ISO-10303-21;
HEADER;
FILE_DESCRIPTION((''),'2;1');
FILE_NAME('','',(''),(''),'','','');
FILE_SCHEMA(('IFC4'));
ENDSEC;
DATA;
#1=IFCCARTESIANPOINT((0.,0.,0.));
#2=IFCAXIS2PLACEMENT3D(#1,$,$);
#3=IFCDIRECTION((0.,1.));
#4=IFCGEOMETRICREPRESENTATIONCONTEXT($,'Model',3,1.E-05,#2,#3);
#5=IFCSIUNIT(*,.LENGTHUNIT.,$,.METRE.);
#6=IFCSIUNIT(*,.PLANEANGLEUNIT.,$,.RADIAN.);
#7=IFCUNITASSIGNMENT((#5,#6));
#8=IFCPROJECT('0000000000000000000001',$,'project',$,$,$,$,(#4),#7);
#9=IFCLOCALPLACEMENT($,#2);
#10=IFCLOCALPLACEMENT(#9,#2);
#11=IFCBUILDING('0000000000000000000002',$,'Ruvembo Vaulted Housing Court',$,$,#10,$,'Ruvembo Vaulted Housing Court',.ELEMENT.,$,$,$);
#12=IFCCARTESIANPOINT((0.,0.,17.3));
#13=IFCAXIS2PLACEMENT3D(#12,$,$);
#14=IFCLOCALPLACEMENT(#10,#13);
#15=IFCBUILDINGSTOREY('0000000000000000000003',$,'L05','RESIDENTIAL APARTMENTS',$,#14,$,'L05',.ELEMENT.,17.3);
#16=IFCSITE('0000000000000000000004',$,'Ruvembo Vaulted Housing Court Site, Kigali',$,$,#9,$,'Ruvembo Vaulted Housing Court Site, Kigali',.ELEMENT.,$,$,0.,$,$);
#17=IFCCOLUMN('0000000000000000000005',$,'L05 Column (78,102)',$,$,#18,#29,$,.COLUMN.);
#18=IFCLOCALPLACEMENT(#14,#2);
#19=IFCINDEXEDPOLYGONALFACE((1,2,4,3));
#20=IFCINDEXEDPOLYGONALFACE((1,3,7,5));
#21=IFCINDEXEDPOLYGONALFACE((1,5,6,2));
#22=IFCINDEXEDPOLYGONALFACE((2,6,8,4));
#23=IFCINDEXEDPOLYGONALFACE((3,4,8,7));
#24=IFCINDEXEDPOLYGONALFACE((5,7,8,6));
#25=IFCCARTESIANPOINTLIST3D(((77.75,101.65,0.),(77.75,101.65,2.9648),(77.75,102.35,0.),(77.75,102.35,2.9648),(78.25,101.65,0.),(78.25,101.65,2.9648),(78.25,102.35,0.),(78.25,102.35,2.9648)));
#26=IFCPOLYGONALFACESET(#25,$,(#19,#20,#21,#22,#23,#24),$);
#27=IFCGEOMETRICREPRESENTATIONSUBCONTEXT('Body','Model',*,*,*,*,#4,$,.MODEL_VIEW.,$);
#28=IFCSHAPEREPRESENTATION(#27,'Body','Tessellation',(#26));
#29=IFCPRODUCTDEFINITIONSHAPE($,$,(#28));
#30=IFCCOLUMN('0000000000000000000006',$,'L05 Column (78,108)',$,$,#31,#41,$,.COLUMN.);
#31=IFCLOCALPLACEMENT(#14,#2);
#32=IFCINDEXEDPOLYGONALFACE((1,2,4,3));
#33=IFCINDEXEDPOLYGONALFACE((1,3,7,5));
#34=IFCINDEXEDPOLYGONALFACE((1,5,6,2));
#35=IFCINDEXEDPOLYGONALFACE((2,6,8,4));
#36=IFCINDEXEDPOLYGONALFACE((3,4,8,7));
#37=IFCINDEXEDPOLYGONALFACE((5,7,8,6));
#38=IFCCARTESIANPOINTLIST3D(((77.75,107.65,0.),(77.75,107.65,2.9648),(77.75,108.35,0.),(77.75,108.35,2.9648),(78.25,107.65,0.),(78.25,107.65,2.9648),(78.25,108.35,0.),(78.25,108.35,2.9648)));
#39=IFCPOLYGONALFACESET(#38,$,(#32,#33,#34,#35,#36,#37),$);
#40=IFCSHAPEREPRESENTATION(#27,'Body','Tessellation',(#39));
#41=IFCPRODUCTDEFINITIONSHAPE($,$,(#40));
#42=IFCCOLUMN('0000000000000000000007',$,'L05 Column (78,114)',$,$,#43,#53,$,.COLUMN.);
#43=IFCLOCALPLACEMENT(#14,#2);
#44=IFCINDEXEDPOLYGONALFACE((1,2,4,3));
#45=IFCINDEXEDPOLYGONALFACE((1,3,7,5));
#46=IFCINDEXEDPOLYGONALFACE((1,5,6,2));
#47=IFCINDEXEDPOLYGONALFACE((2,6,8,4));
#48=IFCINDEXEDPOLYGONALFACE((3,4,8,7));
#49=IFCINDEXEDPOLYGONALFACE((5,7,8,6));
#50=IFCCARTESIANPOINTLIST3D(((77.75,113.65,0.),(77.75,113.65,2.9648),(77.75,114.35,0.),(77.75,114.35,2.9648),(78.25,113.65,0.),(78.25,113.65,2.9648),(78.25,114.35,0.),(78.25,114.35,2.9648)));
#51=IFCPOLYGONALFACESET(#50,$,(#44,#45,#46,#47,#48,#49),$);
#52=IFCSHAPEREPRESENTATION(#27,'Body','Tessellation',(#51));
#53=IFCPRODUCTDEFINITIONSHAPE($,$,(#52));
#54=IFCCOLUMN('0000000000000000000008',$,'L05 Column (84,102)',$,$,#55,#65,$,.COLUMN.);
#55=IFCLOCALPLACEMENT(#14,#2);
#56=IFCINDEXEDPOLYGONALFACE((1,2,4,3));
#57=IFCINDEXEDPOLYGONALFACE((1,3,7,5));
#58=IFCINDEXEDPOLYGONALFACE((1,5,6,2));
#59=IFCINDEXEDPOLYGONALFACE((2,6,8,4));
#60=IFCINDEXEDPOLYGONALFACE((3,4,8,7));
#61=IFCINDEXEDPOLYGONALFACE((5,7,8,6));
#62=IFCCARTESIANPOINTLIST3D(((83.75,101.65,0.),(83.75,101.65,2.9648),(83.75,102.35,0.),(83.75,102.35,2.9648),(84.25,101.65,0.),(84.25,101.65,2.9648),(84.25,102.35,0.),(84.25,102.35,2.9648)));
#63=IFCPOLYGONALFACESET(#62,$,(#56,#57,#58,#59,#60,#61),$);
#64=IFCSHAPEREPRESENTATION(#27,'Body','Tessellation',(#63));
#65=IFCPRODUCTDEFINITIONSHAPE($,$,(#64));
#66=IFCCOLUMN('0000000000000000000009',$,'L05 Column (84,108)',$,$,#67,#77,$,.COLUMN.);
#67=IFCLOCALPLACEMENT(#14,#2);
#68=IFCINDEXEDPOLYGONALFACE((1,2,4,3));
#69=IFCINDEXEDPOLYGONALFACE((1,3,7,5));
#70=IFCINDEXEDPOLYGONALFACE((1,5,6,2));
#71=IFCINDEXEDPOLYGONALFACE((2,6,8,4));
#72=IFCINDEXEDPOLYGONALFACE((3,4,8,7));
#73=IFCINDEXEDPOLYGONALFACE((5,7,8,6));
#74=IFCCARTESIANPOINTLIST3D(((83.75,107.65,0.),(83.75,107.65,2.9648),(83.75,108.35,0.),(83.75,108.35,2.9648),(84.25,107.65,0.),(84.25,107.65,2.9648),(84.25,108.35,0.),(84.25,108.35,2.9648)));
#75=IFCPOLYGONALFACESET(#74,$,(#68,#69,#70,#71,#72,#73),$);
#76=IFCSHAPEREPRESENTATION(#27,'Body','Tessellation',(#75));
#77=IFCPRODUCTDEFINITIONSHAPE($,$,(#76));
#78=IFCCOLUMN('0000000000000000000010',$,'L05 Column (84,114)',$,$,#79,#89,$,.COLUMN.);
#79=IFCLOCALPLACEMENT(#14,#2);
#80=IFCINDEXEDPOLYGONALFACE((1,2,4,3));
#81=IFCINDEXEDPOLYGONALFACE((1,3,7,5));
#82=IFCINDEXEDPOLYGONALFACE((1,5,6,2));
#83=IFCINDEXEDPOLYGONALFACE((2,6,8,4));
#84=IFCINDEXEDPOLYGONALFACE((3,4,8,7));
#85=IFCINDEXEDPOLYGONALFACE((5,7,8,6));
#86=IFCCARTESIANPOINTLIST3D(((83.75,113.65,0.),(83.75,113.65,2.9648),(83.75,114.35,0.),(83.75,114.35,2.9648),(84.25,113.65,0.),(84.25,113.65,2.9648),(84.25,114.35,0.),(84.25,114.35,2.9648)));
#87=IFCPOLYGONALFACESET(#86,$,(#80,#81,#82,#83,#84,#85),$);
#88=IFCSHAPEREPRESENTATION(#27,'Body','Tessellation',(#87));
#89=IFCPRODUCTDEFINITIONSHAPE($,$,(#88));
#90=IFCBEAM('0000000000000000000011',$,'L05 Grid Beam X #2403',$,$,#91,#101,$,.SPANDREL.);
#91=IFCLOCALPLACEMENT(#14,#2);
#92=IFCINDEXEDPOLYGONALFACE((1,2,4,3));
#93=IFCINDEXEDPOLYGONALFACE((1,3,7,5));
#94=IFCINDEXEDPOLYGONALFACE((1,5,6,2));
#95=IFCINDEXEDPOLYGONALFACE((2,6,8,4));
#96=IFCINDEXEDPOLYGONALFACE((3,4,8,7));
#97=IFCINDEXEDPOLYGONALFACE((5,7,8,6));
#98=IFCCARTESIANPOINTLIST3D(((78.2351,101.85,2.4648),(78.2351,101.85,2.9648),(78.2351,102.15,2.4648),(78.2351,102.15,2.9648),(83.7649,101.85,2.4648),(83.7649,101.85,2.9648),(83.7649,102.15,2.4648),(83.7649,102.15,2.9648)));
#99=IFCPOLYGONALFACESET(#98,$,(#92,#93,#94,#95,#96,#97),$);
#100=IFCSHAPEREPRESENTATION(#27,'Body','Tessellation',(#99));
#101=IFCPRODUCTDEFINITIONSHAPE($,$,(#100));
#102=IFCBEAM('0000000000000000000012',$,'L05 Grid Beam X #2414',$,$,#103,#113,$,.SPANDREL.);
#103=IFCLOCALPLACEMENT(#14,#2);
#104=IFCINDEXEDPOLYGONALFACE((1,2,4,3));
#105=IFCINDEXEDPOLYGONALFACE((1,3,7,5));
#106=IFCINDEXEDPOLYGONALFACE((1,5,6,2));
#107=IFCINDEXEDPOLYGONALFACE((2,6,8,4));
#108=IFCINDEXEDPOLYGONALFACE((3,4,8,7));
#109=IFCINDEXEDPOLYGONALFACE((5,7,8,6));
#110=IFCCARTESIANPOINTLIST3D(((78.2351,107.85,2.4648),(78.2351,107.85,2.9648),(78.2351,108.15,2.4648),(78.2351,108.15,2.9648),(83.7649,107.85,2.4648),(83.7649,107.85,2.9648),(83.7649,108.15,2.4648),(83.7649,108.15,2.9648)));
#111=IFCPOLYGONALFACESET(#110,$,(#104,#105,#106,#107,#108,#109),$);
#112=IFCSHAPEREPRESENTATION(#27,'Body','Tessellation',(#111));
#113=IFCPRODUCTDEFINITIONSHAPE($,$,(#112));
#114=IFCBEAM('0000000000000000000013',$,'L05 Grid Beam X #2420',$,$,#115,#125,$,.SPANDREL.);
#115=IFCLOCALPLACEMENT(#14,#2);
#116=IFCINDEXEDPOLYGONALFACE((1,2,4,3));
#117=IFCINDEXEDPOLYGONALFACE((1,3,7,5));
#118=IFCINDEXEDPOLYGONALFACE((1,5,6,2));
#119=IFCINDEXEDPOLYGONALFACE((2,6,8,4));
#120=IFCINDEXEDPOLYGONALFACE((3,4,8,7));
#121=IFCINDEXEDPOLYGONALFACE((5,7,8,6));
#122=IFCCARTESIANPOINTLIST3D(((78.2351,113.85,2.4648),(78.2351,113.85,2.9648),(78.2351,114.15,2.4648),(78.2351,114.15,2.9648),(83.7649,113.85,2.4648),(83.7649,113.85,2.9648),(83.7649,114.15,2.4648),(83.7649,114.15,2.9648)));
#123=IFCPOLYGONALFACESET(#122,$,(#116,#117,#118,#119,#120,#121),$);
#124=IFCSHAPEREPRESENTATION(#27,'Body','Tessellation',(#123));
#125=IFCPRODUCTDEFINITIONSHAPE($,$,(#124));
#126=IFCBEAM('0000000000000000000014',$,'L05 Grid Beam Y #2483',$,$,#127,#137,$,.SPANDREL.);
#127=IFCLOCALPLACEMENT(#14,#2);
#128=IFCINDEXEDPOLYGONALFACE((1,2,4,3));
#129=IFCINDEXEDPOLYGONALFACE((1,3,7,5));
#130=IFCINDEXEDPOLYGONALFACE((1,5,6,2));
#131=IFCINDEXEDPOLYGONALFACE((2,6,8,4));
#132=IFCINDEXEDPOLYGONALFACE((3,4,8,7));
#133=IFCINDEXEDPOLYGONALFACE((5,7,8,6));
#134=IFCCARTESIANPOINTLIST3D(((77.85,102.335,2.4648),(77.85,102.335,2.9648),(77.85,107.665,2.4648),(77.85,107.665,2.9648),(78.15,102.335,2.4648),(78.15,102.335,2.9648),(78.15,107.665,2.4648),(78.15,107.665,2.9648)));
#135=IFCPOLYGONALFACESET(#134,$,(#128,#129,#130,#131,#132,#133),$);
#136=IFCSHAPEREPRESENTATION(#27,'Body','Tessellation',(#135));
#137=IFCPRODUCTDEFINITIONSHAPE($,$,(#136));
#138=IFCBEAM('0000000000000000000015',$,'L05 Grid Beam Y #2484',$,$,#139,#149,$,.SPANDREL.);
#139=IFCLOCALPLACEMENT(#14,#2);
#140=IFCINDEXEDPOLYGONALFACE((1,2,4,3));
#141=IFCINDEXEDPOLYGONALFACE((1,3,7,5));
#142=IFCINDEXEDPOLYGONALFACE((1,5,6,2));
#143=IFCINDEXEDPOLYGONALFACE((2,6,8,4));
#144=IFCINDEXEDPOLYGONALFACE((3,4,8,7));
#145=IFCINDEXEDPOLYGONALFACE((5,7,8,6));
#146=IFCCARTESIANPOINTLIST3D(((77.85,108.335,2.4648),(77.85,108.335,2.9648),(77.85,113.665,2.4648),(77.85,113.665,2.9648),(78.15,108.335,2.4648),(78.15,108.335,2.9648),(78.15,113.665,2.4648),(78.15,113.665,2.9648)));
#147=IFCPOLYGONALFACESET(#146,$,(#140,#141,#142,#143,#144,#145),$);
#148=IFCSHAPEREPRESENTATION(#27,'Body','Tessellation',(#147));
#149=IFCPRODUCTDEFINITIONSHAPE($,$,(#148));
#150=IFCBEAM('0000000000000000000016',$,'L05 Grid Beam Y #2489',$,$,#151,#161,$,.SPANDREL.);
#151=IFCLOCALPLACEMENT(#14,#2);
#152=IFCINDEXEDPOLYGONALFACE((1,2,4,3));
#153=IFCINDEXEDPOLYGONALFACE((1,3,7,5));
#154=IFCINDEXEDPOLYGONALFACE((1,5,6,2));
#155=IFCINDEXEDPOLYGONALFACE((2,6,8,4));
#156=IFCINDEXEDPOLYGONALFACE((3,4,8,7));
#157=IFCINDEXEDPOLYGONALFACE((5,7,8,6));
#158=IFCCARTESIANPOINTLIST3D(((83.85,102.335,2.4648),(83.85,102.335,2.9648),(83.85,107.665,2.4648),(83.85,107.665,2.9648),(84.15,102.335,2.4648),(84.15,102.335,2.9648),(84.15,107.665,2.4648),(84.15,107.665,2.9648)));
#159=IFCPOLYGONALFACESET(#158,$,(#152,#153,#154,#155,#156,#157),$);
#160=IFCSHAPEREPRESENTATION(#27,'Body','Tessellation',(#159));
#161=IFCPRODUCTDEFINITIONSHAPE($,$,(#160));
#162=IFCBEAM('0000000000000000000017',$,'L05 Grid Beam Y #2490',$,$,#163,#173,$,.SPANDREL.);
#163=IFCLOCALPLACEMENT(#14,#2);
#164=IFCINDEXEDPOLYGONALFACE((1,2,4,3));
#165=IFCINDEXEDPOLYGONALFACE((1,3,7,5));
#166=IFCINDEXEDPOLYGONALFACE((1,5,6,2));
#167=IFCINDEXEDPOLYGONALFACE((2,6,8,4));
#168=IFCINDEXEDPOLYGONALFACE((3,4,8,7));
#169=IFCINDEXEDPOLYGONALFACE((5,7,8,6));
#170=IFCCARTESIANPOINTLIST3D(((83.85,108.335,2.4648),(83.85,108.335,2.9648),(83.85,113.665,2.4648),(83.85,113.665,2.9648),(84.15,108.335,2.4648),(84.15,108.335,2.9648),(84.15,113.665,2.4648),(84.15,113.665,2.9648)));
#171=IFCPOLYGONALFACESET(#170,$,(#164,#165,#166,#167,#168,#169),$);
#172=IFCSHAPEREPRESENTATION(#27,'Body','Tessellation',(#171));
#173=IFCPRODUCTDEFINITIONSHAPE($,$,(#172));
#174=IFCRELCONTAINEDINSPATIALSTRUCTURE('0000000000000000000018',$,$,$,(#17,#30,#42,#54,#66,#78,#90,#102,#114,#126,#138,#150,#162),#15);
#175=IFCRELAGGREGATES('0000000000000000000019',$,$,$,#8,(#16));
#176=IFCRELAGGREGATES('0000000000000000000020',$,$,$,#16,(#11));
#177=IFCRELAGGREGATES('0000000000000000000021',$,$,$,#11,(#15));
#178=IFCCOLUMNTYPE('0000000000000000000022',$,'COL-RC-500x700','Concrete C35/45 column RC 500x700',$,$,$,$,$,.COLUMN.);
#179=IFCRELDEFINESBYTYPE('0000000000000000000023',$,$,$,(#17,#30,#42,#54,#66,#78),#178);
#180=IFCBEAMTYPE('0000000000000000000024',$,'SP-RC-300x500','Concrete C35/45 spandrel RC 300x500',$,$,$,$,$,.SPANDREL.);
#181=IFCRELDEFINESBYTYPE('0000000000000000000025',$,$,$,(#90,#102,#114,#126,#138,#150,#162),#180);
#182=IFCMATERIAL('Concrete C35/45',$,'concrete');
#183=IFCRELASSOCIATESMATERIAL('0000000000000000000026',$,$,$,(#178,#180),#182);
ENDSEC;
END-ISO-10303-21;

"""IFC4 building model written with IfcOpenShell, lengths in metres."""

from ifc_helpers import new_model, si_unit, direction, frame, origin, origin_2d, place, context, subcontext, project, spatial, rectangle, extrude, material, material_profile, profile_set, type_object, element, save


model = new_model("IFC4")

# Units and contexts
model_context = context("Model", 3, precision=1e-05, world=origin(), true_north=direction((0.0, 1.0)))
body_context = subcontext(model_context, "Body", "Model", "MODEL_VIEW")
ifc_project = project(units=[si_unit("LENGTHUNIT", "METRE"), si_unit("PLANEANGLEUNIT", "RADIAN")], contexts=[model_context])

# Site, building, storey
site_placement = place(None, origin())
site = spatial("IfcSite", under=ifc_project, at=site_placement, Name="Ruvembo Vaulted Housing Court Site, Kigali", LongName="Ruvembo Vaulted Housing Court Site, Kigali", CompositionType="ELEMENT", RefElevation=0.0)
building_placement = place(site_placement, origin())
building = spatial("IfcBuilding", under=site, at=building_placement, Name="Ruvembo Vaulted Housing Court", LongName="Ruvembo Vaulted Housing Court", CompositionType="ELEMENT")
storey_placement = place(building_placement, frame((0.0, 0.0, 17.3)))
storey = spatial("IfcBuildingStorey", under=building, at=storey_placement, Name="L05", Description="RESIDENTIAL APARTMENTS", LongName="L05", CompositionType="ELEMENT", Elevation=17.3)

# Columns
ifc_material_1 = material(Name="Concrete C35/45", Category="concrete")
ifc_material_profile_1 = material_profile(ifc_material_1, rectangle(XDim=0.5, YDim=0.7, at=origin_2d()), Name="RC 500x700")
ifc_profile_set_1 = profile_set([ifc_material_profile_1], Name="Concrete C35/45")
column_type = type_object("IfcColumnType", Name="COL-RC-500x700", Description="Concrete C35/45 column RC 500x700", PredefinedType="COLUMN", material=ifc_profile_set_1)
for number, where, z_axis, x_axis, name in (
    (1, (78.0, 102.0, 0.0), (0.0, 0.0, 1.0), (1.0, 0.0, 0.0), "L05 Column (78,102)"),
    (2, (78.0, 108.0, 0.0), (0.0, 0.0, 1.0), (1.0, 0.0, 0.0), "L05 Column (78,108)"),
    (3, (78.0, 114.0, 0.0), (0.0, 0.0, 1.0), (1.0, 0.0, 0.0), "L05 Column (78,114)"),
    (4, (84.0, 102.0, 0.0), (0.0, 0.0, 1.0), (1.0, 0.0, 0.0), "L05 Column (84,102)"),
    (5, (84.0, 108.0, 0.0), (0.0, 0.0, 1.0), (1.0, 0.0, 0.0), "L05 Column (84,108)"),
    (6, (84.0, 114.0, 0.0), (0.0, 0.0, 1.0), (1.0, 0.0, 0.0), "L05 Column (84,114)"),
):
    element("IfcColumn", number, at=place(storey_placement, frame(where, z_axis=z_axis, x_axis=x_axis)), inside=storey, type_object=column_type, Name=name, PredefinedType="COLUMN", context=body_context, shape_type="SweptSolid", body=[
        extrude(rectangle(XDim=0.5, YDim=0.7, at=origin_2d()), origin(), (0.0, 0.0, 1.0), 2.9648),
    ])

# Beams
ifc_material_profile_2 = material_profile(ifc_material_1, rectangle(XDim=0.3, YDim=0.5, at=origin_2d()), Name="RC 300x500")
ifc_profile_set_2 = profile_set([ifc_material_profile_2], Name="Concrete C35/45")
beam_type = type_object("IfcBeamType", Name="SP-RC-300x500", Description="Concrete C35/45 spandrel RC 300x500", PredefinedType="SPANDREL", material=ifc_profile_set_2)
for number, where, z_axis, x_axis, name in (
    (7, (78.2351, 102.0, 2.7148), (1.0, 0.0, 0.0), (0.0, 1.0, 0.0), "L05 Grid Beam X #2403"),
    (8, (78.2351, 108.0, 2.7148), (1.0, 0.0, 0.0), (0.0, 1.0, 0.0), "L05 Grid Beam X #2414"),
    (9, (78.2351, 114.0, 2.7148), (1.0, 0.0, 0.0), (0.0, 1.0, 0.0), "L05 Grid Beam X #2420"),
):
    element("IfcBeam", number, at=place(storey_placement, frame(where, z_axis=z_axis, x_axis=x_axis)), inside=storey, type_object=beam_type, Name=name, PredefinedType="SPANDREL", context=body_context, shape_type="SweptSolid", body=[
        extrude(rectangle(XDim=0.3, YDim=0.5, at=origin_2d()), origin(), (0.0, 0.0, 1.0), 5.5298),
    ])
for number, where, z_axis, x_axis, name in (
    (10, (78.0, 102.335, 2.7148), (0.0, 1.0, 0.0), (-1.0, 0.0, 0.0), "L05 Grid Beam Y #2483"),
    (11, (78.0, 108.335, 2.7148), (0.0, 1.0, 0.0), (-1.0, 0.0, 0.0), "L05 Grid Beam Y #2484"),
    (12, (84.0, 102.335, 2.7148), (0.0, 1.0, 0.0), (-1.0, 0.0, 0.0), "L05 Grid Beam Y #2489"),
    (13, (84.0, 108.335, 2.7148), (0.0, 1.0, 0.0), (-1.0, 0.0, 0.0), "L05 Grid Beam Y #2490"),
):
    element("IfcBeam", number, at=place(storey_placement, frame(where, z_axis=z_axis, x_axis=x_axis)), inside=storey, type_object=beam_type, Name=name, PredefinedType="SPANDREL", context=body_context, shape_type="SweptSolid", body=[
        extrude(rectangle(XDim=0.3, YDim=0.5, at=origin_2d()), origin(), (0.0, 0.0, 1.0), 5.3301),
    ])

save(model, "model.ifc")
